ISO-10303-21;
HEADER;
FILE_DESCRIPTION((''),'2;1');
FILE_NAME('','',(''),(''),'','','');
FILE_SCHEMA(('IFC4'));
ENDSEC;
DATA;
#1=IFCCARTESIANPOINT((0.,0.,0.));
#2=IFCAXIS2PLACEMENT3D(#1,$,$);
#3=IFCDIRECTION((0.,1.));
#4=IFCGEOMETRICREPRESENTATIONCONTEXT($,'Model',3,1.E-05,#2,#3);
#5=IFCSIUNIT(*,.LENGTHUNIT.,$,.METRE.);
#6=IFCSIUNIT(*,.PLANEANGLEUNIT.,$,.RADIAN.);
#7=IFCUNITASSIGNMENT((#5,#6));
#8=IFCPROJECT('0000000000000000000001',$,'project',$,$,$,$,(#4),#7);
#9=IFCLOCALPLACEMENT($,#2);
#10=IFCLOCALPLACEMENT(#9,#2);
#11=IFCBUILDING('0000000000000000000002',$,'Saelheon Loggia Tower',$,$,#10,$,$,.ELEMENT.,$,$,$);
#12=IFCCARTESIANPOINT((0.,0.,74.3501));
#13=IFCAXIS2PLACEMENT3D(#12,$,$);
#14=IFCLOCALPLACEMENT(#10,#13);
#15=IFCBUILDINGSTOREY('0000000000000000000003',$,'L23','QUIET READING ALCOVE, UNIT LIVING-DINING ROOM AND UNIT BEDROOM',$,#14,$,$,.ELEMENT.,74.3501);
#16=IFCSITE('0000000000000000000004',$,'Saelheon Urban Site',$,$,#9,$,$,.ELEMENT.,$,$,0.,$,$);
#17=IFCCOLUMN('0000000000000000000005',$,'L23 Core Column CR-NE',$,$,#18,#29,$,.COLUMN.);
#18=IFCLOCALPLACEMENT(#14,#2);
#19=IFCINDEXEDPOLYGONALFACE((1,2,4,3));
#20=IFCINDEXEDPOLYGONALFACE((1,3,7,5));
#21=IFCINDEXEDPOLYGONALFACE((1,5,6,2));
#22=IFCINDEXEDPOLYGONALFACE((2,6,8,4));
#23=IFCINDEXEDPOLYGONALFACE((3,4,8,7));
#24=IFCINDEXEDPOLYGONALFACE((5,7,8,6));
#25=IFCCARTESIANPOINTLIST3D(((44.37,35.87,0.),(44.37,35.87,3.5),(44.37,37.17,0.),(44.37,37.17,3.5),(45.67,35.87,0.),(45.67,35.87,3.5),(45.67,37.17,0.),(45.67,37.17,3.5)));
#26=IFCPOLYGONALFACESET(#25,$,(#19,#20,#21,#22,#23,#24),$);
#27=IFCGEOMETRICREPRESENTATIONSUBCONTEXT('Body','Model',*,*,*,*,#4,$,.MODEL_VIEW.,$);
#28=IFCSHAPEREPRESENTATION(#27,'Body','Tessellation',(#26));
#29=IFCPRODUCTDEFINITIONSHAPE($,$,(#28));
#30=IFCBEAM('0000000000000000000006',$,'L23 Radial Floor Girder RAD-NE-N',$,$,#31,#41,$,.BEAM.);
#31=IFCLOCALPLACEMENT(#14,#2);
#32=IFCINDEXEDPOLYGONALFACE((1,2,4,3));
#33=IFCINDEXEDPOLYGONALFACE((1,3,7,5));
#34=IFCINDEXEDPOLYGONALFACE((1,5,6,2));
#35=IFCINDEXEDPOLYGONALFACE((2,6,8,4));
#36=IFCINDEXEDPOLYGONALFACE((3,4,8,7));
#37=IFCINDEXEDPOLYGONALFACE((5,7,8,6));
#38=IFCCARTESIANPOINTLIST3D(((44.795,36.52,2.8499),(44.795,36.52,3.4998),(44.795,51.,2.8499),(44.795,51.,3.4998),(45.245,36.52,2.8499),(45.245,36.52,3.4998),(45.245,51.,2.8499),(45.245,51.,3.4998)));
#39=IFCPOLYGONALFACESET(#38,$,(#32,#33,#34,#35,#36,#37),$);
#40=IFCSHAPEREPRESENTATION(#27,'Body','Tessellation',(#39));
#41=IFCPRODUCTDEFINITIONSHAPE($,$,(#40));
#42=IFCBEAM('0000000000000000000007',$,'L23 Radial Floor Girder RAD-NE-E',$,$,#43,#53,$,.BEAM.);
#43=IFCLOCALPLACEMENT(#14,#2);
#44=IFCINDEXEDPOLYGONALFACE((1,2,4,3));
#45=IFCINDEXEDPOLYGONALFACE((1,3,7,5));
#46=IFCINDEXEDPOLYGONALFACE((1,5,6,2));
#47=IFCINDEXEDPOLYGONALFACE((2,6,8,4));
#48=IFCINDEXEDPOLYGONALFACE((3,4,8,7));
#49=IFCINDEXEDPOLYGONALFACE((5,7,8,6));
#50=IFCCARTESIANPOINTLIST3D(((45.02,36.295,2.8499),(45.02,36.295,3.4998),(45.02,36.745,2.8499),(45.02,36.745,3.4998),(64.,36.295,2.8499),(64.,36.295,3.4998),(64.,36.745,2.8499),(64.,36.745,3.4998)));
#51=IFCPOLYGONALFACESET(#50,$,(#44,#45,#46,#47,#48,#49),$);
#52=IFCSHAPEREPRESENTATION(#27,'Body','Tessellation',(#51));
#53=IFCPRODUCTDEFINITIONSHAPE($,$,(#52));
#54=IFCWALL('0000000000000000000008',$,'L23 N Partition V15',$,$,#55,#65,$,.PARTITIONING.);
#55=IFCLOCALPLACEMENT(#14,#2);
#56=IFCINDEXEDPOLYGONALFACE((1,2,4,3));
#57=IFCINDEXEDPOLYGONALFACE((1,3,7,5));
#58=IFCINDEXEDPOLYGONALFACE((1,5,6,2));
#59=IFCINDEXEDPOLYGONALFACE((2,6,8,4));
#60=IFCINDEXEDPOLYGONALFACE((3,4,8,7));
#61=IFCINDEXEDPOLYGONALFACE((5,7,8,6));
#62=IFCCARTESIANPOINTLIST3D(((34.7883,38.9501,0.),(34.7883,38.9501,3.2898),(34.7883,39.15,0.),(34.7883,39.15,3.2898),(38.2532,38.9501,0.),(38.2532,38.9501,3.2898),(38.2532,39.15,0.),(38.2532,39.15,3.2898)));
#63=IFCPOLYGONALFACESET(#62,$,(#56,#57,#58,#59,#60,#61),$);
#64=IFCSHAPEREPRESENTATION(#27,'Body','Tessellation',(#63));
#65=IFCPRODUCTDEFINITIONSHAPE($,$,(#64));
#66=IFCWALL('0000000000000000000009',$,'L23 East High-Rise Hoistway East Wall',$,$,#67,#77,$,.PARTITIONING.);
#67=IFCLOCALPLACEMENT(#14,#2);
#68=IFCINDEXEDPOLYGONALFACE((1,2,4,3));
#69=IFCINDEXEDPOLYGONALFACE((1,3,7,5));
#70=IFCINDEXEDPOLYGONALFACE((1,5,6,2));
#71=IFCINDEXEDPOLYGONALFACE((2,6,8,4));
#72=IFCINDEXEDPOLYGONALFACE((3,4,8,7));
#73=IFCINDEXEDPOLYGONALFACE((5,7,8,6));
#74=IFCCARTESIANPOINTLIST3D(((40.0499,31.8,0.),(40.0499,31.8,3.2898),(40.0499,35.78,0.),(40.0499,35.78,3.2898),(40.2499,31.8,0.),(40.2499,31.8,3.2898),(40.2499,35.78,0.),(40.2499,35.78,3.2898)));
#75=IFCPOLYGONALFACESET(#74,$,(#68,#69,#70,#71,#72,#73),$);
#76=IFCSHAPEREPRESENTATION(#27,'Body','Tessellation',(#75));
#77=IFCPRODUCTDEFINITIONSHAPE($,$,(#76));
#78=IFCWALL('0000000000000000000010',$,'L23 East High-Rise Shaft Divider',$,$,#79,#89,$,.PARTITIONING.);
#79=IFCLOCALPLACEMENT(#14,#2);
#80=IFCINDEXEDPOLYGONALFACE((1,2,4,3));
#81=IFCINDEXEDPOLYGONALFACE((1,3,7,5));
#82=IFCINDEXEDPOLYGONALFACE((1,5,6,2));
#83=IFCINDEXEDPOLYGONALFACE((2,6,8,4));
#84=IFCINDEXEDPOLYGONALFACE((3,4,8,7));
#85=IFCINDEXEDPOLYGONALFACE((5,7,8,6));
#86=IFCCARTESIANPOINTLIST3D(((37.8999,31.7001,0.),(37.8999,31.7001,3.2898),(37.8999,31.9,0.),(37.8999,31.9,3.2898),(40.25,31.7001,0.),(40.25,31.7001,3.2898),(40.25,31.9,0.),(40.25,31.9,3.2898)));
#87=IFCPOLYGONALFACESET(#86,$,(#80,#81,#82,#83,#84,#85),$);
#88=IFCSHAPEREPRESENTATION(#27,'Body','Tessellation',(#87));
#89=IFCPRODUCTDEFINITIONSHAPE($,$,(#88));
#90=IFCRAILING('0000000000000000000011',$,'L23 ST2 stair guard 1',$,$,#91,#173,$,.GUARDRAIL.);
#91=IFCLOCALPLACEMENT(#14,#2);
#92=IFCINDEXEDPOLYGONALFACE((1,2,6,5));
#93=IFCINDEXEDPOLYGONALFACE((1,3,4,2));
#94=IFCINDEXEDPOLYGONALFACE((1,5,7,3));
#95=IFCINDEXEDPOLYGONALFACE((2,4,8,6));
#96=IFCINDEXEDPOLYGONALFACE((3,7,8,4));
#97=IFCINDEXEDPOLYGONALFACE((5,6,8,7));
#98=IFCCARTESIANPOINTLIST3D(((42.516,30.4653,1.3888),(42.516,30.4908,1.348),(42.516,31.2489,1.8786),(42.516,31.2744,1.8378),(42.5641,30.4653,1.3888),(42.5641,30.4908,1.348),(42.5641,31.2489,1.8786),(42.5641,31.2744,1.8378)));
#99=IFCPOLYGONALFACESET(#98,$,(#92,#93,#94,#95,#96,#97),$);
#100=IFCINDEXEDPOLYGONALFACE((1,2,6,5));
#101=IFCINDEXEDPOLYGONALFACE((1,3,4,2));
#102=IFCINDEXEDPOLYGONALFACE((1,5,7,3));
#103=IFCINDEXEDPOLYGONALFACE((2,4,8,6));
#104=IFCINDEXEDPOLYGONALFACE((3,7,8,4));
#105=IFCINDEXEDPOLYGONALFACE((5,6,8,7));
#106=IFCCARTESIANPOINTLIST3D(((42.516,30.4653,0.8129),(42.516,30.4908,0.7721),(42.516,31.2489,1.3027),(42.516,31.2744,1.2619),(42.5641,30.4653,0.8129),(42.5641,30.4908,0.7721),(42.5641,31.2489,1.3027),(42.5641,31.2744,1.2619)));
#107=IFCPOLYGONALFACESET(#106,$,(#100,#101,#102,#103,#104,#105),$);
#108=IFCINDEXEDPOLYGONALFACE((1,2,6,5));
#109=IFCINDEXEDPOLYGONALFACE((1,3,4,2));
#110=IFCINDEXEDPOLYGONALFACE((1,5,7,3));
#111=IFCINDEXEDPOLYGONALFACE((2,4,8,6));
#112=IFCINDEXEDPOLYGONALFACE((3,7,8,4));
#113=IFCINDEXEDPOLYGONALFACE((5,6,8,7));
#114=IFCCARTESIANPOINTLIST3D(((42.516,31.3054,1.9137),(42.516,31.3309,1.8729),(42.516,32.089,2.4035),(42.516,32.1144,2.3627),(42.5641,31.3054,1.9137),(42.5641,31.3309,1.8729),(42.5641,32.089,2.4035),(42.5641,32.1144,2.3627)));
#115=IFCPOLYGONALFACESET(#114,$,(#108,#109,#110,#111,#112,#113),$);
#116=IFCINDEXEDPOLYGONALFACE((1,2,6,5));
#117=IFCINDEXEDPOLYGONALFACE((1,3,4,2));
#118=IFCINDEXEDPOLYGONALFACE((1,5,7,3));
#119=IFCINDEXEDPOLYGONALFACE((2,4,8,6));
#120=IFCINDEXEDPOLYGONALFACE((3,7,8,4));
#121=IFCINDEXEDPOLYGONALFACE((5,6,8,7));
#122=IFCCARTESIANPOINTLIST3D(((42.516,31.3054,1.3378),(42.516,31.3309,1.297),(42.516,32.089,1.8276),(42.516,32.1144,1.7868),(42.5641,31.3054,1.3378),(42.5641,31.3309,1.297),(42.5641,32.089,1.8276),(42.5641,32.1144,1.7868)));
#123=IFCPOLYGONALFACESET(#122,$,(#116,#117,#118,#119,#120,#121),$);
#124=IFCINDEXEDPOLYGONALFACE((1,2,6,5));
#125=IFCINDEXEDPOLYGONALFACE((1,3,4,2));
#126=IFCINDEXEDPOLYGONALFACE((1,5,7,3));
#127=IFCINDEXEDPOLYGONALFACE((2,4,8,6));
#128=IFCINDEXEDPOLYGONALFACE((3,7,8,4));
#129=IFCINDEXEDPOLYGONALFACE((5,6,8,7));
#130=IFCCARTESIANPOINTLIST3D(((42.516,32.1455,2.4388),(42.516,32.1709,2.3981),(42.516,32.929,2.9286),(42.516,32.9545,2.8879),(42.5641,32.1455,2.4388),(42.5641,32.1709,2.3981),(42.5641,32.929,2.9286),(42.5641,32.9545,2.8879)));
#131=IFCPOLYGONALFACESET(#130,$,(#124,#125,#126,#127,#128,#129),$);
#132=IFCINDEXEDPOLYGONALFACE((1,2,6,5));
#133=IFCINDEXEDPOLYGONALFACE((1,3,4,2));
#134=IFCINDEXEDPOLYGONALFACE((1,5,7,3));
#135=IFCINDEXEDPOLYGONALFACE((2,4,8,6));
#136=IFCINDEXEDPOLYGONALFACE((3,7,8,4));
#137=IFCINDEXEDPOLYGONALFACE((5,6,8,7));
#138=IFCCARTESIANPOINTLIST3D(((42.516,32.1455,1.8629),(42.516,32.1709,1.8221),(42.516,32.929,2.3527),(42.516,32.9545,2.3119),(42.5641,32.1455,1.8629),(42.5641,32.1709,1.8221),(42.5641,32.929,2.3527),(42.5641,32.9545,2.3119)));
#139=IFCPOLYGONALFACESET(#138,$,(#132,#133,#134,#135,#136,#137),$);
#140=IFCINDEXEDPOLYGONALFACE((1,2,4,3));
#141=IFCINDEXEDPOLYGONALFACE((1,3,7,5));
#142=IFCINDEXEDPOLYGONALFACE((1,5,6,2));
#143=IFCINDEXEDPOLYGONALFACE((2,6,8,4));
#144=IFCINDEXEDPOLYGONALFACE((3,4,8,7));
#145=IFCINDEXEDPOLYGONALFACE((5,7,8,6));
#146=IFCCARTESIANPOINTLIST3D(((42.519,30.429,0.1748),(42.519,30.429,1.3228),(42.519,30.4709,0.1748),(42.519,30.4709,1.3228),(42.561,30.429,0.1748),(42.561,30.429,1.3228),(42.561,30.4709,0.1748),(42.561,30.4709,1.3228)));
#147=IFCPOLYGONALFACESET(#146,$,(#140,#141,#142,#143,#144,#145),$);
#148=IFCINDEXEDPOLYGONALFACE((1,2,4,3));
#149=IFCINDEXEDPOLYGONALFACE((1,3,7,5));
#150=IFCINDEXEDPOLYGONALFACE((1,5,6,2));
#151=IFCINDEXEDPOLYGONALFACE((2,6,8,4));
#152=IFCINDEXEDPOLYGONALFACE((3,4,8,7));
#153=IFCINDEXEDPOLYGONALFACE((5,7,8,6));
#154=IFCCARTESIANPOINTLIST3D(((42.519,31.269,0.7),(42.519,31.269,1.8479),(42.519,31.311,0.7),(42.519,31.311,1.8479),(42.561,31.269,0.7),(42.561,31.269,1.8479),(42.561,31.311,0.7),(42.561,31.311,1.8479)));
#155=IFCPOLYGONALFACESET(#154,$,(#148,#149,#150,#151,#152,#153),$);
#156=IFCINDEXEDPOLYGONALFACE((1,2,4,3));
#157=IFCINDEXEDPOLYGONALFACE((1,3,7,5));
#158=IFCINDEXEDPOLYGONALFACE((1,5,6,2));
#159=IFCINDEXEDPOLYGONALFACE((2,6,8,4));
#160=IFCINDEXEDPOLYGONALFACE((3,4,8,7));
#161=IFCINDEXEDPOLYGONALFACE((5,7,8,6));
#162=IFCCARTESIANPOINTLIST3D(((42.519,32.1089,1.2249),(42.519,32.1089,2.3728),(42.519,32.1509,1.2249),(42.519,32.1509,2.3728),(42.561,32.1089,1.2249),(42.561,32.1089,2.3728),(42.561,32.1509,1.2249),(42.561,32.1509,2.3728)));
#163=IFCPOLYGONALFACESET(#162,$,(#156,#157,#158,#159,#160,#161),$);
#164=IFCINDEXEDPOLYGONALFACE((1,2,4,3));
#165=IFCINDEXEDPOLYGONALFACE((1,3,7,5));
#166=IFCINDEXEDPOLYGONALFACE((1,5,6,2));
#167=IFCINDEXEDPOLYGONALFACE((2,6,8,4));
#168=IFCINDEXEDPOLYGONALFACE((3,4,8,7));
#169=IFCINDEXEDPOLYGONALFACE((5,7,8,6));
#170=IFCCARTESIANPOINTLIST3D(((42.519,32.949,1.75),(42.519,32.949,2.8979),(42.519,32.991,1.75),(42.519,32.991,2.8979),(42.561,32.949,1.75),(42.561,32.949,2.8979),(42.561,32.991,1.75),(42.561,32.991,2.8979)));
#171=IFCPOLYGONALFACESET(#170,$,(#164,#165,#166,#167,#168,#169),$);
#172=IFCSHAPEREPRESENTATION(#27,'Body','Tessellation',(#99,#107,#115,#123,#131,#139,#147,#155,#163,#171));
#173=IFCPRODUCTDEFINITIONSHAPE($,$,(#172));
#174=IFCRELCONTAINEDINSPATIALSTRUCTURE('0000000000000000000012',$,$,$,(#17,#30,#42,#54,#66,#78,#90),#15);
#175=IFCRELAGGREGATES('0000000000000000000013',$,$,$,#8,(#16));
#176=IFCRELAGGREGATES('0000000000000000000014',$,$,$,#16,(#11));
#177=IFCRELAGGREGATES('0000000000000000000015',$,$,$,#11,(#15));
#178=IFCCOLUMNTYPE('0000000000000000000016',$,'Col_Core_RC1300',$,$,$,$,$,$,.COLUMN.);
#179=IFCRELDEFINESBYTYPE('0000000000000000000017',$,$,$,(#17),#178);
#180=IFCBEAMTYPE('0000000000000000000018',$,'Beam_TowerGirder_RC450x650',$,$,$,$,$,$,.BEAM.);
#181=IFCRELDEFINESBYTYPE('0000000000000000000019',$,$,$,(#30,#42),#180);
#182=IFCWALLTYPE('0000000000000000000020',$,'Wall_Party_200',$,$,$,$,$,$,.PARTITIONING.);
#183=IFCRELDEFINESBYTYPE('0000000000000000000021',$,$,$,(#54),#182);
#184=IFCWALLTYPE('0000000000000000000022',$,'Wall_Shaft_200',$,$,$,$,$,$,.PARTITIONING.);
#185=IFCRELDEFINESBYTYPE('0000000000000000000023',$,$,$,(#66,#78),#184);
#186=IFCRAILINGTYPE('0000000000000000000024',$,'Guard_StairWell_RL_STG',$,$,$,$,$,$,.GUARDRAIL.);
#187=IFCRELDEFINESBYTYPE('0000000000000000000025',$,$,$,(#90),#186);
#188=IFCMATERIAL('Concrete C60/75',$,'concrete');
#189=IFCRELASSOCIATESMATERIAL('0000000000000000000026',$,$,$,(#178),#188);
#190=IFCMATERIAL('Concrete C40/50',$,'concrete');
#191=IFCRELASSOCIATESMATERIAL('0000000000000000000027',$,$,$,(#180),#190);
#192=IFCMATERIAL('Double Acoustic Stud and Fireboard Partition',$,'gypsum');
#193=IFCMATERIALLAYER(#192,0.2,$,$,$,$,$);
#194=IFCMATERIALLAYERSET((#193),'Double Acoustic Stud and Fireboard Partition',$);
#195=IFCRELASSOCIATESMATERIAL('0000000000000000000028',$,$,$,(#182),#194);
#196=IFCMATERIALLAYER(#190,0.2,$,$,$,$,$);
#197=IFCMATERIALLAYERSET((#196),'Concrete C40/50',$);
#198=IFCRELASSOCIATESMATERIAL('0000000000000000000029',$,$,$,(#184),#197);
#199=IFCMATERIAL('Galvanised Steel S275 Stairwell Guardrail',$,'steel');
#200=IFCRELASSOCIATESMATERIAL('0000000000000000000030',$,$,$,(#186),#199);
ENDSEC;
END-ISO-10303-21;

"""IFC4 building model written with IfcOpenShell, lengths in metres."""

from ifc_helpers import new_model, si_unit, direction, frame, frame_2d, origin, origin_2d, place, context, subcontext, project, spatial, rectangle, extrude, source, transform, mapped, material, layer, layer_set, material_profile, profile_set, type_object, element, save


model = new_model("IFC4")

# Units and contexts
model_context = context("Model", 3, precision=1e-05, world=origin(), true_north=direction((0.0, 1.0)))
body_context = subcontext(model_context, "Body", "Model", "MODEL_VIEW")
ifc_project = project(units=[si_unit("LENGTHUNIT", "METRE"), si_unit("PLANEANGLEUNIT", "RADIAN")], contexts=[model_context])

# Site, building, storey
site_placement = place(None, origin())
site = spatial("IfcSite", under=ifc_project, at=site_placement, Name="Saelheon Urban Site", CompositionType="ELEMENT", RefElevation=0.0)
building_placement = place(site_placement, origin())
building = spatial("IfcBuilding", under=site, at=building_placement, Name="Saelheon Loggia Tower", CompositionType="ELEMENT")
storey_placement = place(building_placement, frame((0.0, 0.0, 74.3501)))
storey = spatial("IfcBuildingStorey", under=building, at=storey_placement, Name="L23", Description="QUIET READING ALCOVE, UNIT LIVING-DINING ROOM AND UNIT BEDROOM", CompositionType="ELEMENT", Elevation=74.3501)

# Column
ifc_material_1 = material(Name="Concrete C60/75", Category="concrete")
ifc_material_profile_1 = material_profile(ifc_material_1, rectangle(XDim=1.3, YDim=1.3, at=origin_2d()), Name="RC-1300x1300")
ifc_profile_set_1 = profile_set([ifc_material_profile_1], Name="Concrete C60/75")
column_type = type_object("IfcColumnType", Name="Col_Core_RC1300", PredefinedType="COLUMN", material=ifc_profile_set_1)
shared_shape_1 = source(origin(), body_context, "Body", "SweptSolid", [
    extrude(rectangle(XDim=1.3, YDim=1.3, at=origin_2d()), origin(), (0.0, 0.0, 1.0), 3.5),
])
column_placement = place(storey_placement, frame((45.02, 36.52, 0.0), z_axis=(0.0, 0.0, 1.0), x_axis=(1.0, 0.0, 0.0)))
element("IfcColumn", 1, at=column_placement, inside=storey, type_object=column_type, Name="L23 Core Column CR-NE", PredefinedType="COLUMN", context=body_context, shape_type="MappedRepresentation", body=[
    mapped(shared_shape_1, transform((0.0, 0.0, 0.0), scale=1.0)),
])

# Beams
ifc_material_2 = material(Name="Concrete C40/50", Category="concrete")
ifc_material_profile_2 = material_profile(ifc_material_2, rectangle(XDim=0.45, YDim=0.6499, at=origin_2d()), Name="RC-450x650")
ifc_profile_set_2 = profile_set([ifc_material_profile_2], Name="Concrete C40/50")
beam_type = type_object("IfcBeamType", Name="Beam_TowerGirder_RC450x650", PredefinedType="BEAM", material=ifc_profile_set_2)
shared_shape_2 = source(origin(), body_context, "Body", "SweptSolid", [
    extrude(rectangle(XDim=0.45, YDim=0.6499, at=origin_2d()), origin(), (0.0, 0.0, 1.0), 14.48),
])
beam_1_placement = place(storey_placement, frame((45.02, 36.52, 3.1748), z_axis=(0.0, 1.0, 0.0), x_axis=(-1.0, 0.0, 0.0)))
element("IfcBeam", 2, at=beam_1_placement, inside=storey, type_object=beam_type, Name="L23 Radial Floor Girder RAD-NE-N", PredefinedType="BEAM", context=body_context, shape_type="MappedRepresentation", body=[
    mapped(shared_shape_2, transform((0.0, 0.0, 0.0), scale=1.0)),
])
shared_shape_3 = source(origin(), body_context, "Body", "SweptSolid", [
    extrude(rectangle(XDim=0.45, YDim=0.6499, at=origin_2d()), origin(), (0.0, 0.0, 1.0), 18.98),
])
beam_2_placement = place(storey_placement, frame((45.02, 36.52, 3.1748), z_axis=(1.0, 0.0, 0.0), x_axis=(0.0, 1.0, 0.0)))
element("IfcBeam", 3, at=beam_2_placement, inside=storey, type_object=beam_type, Name="L23 Radial Floor Girder RAD-NE-E", PredefinedType="BEAM", context=body_context, shape_type="MappedRepresentation", body=[
    mapped(shared_shape_3, transform((0.0, 0.0, 0.0), scale=1.0)),
])

# Wall
ifc_material_3 = material(Name="Double Acoustic Stud and Fireboard Partition", Category="gypsum")
ifc_layer_1 = layer(ifc_material_3, 0.2)
ifc_layer_set_1 = layer_set([ifc_layer_1], Name="Double Acoustic Stud and Fireboard Partition")
wall_type_1 = type_object("IfcWallType", Name="Wall_Party_200", PredefinedType="PARTITIONING", material=ifc_layer_set_1)
wall_1_placement = place(storey_placement, frame((34.7883, 39.05, 0.0), z_axis=(0.0, 0.0, 1.0), x_axis=(1.0, 0.0, 0.0)))
element("IfcWall", 4, at=wall_1_placement, inside=storey, type_object=wall_type_1, Name="L23 N Partition V15", PredefinedType="PARTITIONING", context=body_context, shape_type="SweptSolid", body=[
    extrude(rectangle(XDim=3.4648, YDim=0.2, at=frame_2d((1.7324, 0.0))), origin(), (0.0, 0.0, 1.0), 3.2898),
])

# Walls
ifc_layer_2 = layer(ifc_material_2, 0.2)
ifc_layer_set_2 = layer_set([ifc_layer_2], Name="Concrete C40/50")
wall_type_2 = type_object("IfcWallType", Name="Wall_Shaft_200", PredefinedType="PARTITIONING", material=ifc_layer_set_2)
wall_2_placement = place(storey_placement, frame((40.1499, 31.8, 0.0), z_axis=(0.0, 0.0, 1.0), x_axis=(0.0, 1.0, 0.0)))
element("IfcWall", 5, at=wall_2_placement, inside=storey, type_object=wall_type_2, Name="L23 East High-Rise Hoistway East Wall", PredefinedType="PARTITIONING", context=body_context, shape_type="SweptSolid", body=[
    extrude(rectangle(XDim=3.98, YDim=0.2, at=frame_2d((1.99, 0.0))), origin(), (0.0, 0.0, 1.0), 3.2898),
])
wall_3_placement = place(storey_placement, frame((37.8999, 31.8, 0.0), z_axis=(0.0, 0.0, 1.0), x_axis=(1.0, 0.0, 0.0)))
element("IfcWall", 6, at=wall_3_placement, inside=storey, type_object=wall_type_2, Name="L23 East High-Rise Shaft Divider", PredefinedType="PARTITIONING", context=body_context, shape_type="SweptSolid", body=[
    extrude(rectangle(XDim=2.3501, YDim=0.2, at=frame_2d((1.175, 0.0))), origin(), (0.0, 0.0, 1.0), 3.2898),
])

# Railing
ifc_material_4 = material(Name="Galvanised Steel S275 Stairwell Guardrail", Category="steel")
railing_type_1 = type_object("IfcRailingType", Name="Guard_StairWell_RL_STG", PredefinedType="GUARDRAIL", material=ifc_material_4)
railing_1_placement = place(storey_placement, frame((42.54, 30.45, 0.1748)))
element("IfcRailing", 7, at=railing_1_placement, inside=storey, type_object=railing_type_1, Name="L23 ST2 stair guard 1", PredefinedType="GUARDRAIL", context=body_context, shape_type="SweptSolid", body=[
    extrude(rectangle(XDim=0.0481, YDim=0.0481, at=origin_2d()), frame((0.0, 0.0281, 1.1936), z_axis=(0.0, 0.847971, 0.530043), x_axis=(-1.0, 0.0, 0.0)), (0.0, 0.0, 1.0), 0.9241),
    extrude(rectangle(XDim=0.0481, YDim=0.0481, at=origin_2d()), frame((0.0, 0.0281, 0.6177), z_axis=(0.0, 0.847971, 0.530043), x_axis=(-1.0, 0.0, 0.0)), (0.0, 0.0, 1.0), 0.9241),
    extrude(rectangle(XDim=0.0481, YDim=0.0481, at=origin_2d()), frame((0.0, 0.8682, 1.7185), z_axis=(0.0, 0.847971, 0.530043), x_axis=(-1.0, 0.0, 0.0)), (0.0, 0.0, 1.0), 0.9241),
    extrude(rectangle(XDim=0.0481, YDim=0.0481, at=origin_2d()), frame((0.0, 0.8682, 1.1426), z_axis=(0.0, 0.847971, 0.530043), x_axis=(-1.0, 0.0, 0.0)), (0.0, 0.0, 1.0), 0.9241),
    extrude(rectangle(XDim=0.0481, YDim=0.0481, at=origin_2d()), frame((0.0, 1.7083, 2.2437), z_axis=(0.0, 0.847971, 0.530043), x_axis=(-1.0, 0.0, 0.0)), (0.0, 0.0, 1.0), 0.9241),
    extrude(rectangle(XDim=0.0481, YDim=0.0481, at=origin_2d()), frame((0.0, 1.7083, 1.6677), z_axis=(0.0, 0.847971, 0.530043), x_axis=(-1.0, 0.0, 0.0)), (0.0, 0.0, 1.0), 0.9241),
    extrude(rectangle(XDim=0.042, YDim=0.042, at=origin_2d()), origin(), (0.0, 0.0, 1.0), 1.1479),
    extrude(rectangle(XDim=0.042, YDim=0.042, at=origin_2d()), frame((0.0, 0.8401, 0.5251)), (0.0, 0.0, 1.0), 1.1479),
    extrude(rectangle(XDim=0.042, YDim=0.042, at=origin_2d()), frame((0.0, 1.6799, 1.05)), (0.0, 0.0, 1.0), 1.1479),
    extrude(rectangle(XDim=0.042, YDim=0.042, at=origin_2d()), frame((0.0, 2.52, 1.5752)), (0.0, 0.0, 1.0), 1.1479),
])

save(model, "model.ifc")
